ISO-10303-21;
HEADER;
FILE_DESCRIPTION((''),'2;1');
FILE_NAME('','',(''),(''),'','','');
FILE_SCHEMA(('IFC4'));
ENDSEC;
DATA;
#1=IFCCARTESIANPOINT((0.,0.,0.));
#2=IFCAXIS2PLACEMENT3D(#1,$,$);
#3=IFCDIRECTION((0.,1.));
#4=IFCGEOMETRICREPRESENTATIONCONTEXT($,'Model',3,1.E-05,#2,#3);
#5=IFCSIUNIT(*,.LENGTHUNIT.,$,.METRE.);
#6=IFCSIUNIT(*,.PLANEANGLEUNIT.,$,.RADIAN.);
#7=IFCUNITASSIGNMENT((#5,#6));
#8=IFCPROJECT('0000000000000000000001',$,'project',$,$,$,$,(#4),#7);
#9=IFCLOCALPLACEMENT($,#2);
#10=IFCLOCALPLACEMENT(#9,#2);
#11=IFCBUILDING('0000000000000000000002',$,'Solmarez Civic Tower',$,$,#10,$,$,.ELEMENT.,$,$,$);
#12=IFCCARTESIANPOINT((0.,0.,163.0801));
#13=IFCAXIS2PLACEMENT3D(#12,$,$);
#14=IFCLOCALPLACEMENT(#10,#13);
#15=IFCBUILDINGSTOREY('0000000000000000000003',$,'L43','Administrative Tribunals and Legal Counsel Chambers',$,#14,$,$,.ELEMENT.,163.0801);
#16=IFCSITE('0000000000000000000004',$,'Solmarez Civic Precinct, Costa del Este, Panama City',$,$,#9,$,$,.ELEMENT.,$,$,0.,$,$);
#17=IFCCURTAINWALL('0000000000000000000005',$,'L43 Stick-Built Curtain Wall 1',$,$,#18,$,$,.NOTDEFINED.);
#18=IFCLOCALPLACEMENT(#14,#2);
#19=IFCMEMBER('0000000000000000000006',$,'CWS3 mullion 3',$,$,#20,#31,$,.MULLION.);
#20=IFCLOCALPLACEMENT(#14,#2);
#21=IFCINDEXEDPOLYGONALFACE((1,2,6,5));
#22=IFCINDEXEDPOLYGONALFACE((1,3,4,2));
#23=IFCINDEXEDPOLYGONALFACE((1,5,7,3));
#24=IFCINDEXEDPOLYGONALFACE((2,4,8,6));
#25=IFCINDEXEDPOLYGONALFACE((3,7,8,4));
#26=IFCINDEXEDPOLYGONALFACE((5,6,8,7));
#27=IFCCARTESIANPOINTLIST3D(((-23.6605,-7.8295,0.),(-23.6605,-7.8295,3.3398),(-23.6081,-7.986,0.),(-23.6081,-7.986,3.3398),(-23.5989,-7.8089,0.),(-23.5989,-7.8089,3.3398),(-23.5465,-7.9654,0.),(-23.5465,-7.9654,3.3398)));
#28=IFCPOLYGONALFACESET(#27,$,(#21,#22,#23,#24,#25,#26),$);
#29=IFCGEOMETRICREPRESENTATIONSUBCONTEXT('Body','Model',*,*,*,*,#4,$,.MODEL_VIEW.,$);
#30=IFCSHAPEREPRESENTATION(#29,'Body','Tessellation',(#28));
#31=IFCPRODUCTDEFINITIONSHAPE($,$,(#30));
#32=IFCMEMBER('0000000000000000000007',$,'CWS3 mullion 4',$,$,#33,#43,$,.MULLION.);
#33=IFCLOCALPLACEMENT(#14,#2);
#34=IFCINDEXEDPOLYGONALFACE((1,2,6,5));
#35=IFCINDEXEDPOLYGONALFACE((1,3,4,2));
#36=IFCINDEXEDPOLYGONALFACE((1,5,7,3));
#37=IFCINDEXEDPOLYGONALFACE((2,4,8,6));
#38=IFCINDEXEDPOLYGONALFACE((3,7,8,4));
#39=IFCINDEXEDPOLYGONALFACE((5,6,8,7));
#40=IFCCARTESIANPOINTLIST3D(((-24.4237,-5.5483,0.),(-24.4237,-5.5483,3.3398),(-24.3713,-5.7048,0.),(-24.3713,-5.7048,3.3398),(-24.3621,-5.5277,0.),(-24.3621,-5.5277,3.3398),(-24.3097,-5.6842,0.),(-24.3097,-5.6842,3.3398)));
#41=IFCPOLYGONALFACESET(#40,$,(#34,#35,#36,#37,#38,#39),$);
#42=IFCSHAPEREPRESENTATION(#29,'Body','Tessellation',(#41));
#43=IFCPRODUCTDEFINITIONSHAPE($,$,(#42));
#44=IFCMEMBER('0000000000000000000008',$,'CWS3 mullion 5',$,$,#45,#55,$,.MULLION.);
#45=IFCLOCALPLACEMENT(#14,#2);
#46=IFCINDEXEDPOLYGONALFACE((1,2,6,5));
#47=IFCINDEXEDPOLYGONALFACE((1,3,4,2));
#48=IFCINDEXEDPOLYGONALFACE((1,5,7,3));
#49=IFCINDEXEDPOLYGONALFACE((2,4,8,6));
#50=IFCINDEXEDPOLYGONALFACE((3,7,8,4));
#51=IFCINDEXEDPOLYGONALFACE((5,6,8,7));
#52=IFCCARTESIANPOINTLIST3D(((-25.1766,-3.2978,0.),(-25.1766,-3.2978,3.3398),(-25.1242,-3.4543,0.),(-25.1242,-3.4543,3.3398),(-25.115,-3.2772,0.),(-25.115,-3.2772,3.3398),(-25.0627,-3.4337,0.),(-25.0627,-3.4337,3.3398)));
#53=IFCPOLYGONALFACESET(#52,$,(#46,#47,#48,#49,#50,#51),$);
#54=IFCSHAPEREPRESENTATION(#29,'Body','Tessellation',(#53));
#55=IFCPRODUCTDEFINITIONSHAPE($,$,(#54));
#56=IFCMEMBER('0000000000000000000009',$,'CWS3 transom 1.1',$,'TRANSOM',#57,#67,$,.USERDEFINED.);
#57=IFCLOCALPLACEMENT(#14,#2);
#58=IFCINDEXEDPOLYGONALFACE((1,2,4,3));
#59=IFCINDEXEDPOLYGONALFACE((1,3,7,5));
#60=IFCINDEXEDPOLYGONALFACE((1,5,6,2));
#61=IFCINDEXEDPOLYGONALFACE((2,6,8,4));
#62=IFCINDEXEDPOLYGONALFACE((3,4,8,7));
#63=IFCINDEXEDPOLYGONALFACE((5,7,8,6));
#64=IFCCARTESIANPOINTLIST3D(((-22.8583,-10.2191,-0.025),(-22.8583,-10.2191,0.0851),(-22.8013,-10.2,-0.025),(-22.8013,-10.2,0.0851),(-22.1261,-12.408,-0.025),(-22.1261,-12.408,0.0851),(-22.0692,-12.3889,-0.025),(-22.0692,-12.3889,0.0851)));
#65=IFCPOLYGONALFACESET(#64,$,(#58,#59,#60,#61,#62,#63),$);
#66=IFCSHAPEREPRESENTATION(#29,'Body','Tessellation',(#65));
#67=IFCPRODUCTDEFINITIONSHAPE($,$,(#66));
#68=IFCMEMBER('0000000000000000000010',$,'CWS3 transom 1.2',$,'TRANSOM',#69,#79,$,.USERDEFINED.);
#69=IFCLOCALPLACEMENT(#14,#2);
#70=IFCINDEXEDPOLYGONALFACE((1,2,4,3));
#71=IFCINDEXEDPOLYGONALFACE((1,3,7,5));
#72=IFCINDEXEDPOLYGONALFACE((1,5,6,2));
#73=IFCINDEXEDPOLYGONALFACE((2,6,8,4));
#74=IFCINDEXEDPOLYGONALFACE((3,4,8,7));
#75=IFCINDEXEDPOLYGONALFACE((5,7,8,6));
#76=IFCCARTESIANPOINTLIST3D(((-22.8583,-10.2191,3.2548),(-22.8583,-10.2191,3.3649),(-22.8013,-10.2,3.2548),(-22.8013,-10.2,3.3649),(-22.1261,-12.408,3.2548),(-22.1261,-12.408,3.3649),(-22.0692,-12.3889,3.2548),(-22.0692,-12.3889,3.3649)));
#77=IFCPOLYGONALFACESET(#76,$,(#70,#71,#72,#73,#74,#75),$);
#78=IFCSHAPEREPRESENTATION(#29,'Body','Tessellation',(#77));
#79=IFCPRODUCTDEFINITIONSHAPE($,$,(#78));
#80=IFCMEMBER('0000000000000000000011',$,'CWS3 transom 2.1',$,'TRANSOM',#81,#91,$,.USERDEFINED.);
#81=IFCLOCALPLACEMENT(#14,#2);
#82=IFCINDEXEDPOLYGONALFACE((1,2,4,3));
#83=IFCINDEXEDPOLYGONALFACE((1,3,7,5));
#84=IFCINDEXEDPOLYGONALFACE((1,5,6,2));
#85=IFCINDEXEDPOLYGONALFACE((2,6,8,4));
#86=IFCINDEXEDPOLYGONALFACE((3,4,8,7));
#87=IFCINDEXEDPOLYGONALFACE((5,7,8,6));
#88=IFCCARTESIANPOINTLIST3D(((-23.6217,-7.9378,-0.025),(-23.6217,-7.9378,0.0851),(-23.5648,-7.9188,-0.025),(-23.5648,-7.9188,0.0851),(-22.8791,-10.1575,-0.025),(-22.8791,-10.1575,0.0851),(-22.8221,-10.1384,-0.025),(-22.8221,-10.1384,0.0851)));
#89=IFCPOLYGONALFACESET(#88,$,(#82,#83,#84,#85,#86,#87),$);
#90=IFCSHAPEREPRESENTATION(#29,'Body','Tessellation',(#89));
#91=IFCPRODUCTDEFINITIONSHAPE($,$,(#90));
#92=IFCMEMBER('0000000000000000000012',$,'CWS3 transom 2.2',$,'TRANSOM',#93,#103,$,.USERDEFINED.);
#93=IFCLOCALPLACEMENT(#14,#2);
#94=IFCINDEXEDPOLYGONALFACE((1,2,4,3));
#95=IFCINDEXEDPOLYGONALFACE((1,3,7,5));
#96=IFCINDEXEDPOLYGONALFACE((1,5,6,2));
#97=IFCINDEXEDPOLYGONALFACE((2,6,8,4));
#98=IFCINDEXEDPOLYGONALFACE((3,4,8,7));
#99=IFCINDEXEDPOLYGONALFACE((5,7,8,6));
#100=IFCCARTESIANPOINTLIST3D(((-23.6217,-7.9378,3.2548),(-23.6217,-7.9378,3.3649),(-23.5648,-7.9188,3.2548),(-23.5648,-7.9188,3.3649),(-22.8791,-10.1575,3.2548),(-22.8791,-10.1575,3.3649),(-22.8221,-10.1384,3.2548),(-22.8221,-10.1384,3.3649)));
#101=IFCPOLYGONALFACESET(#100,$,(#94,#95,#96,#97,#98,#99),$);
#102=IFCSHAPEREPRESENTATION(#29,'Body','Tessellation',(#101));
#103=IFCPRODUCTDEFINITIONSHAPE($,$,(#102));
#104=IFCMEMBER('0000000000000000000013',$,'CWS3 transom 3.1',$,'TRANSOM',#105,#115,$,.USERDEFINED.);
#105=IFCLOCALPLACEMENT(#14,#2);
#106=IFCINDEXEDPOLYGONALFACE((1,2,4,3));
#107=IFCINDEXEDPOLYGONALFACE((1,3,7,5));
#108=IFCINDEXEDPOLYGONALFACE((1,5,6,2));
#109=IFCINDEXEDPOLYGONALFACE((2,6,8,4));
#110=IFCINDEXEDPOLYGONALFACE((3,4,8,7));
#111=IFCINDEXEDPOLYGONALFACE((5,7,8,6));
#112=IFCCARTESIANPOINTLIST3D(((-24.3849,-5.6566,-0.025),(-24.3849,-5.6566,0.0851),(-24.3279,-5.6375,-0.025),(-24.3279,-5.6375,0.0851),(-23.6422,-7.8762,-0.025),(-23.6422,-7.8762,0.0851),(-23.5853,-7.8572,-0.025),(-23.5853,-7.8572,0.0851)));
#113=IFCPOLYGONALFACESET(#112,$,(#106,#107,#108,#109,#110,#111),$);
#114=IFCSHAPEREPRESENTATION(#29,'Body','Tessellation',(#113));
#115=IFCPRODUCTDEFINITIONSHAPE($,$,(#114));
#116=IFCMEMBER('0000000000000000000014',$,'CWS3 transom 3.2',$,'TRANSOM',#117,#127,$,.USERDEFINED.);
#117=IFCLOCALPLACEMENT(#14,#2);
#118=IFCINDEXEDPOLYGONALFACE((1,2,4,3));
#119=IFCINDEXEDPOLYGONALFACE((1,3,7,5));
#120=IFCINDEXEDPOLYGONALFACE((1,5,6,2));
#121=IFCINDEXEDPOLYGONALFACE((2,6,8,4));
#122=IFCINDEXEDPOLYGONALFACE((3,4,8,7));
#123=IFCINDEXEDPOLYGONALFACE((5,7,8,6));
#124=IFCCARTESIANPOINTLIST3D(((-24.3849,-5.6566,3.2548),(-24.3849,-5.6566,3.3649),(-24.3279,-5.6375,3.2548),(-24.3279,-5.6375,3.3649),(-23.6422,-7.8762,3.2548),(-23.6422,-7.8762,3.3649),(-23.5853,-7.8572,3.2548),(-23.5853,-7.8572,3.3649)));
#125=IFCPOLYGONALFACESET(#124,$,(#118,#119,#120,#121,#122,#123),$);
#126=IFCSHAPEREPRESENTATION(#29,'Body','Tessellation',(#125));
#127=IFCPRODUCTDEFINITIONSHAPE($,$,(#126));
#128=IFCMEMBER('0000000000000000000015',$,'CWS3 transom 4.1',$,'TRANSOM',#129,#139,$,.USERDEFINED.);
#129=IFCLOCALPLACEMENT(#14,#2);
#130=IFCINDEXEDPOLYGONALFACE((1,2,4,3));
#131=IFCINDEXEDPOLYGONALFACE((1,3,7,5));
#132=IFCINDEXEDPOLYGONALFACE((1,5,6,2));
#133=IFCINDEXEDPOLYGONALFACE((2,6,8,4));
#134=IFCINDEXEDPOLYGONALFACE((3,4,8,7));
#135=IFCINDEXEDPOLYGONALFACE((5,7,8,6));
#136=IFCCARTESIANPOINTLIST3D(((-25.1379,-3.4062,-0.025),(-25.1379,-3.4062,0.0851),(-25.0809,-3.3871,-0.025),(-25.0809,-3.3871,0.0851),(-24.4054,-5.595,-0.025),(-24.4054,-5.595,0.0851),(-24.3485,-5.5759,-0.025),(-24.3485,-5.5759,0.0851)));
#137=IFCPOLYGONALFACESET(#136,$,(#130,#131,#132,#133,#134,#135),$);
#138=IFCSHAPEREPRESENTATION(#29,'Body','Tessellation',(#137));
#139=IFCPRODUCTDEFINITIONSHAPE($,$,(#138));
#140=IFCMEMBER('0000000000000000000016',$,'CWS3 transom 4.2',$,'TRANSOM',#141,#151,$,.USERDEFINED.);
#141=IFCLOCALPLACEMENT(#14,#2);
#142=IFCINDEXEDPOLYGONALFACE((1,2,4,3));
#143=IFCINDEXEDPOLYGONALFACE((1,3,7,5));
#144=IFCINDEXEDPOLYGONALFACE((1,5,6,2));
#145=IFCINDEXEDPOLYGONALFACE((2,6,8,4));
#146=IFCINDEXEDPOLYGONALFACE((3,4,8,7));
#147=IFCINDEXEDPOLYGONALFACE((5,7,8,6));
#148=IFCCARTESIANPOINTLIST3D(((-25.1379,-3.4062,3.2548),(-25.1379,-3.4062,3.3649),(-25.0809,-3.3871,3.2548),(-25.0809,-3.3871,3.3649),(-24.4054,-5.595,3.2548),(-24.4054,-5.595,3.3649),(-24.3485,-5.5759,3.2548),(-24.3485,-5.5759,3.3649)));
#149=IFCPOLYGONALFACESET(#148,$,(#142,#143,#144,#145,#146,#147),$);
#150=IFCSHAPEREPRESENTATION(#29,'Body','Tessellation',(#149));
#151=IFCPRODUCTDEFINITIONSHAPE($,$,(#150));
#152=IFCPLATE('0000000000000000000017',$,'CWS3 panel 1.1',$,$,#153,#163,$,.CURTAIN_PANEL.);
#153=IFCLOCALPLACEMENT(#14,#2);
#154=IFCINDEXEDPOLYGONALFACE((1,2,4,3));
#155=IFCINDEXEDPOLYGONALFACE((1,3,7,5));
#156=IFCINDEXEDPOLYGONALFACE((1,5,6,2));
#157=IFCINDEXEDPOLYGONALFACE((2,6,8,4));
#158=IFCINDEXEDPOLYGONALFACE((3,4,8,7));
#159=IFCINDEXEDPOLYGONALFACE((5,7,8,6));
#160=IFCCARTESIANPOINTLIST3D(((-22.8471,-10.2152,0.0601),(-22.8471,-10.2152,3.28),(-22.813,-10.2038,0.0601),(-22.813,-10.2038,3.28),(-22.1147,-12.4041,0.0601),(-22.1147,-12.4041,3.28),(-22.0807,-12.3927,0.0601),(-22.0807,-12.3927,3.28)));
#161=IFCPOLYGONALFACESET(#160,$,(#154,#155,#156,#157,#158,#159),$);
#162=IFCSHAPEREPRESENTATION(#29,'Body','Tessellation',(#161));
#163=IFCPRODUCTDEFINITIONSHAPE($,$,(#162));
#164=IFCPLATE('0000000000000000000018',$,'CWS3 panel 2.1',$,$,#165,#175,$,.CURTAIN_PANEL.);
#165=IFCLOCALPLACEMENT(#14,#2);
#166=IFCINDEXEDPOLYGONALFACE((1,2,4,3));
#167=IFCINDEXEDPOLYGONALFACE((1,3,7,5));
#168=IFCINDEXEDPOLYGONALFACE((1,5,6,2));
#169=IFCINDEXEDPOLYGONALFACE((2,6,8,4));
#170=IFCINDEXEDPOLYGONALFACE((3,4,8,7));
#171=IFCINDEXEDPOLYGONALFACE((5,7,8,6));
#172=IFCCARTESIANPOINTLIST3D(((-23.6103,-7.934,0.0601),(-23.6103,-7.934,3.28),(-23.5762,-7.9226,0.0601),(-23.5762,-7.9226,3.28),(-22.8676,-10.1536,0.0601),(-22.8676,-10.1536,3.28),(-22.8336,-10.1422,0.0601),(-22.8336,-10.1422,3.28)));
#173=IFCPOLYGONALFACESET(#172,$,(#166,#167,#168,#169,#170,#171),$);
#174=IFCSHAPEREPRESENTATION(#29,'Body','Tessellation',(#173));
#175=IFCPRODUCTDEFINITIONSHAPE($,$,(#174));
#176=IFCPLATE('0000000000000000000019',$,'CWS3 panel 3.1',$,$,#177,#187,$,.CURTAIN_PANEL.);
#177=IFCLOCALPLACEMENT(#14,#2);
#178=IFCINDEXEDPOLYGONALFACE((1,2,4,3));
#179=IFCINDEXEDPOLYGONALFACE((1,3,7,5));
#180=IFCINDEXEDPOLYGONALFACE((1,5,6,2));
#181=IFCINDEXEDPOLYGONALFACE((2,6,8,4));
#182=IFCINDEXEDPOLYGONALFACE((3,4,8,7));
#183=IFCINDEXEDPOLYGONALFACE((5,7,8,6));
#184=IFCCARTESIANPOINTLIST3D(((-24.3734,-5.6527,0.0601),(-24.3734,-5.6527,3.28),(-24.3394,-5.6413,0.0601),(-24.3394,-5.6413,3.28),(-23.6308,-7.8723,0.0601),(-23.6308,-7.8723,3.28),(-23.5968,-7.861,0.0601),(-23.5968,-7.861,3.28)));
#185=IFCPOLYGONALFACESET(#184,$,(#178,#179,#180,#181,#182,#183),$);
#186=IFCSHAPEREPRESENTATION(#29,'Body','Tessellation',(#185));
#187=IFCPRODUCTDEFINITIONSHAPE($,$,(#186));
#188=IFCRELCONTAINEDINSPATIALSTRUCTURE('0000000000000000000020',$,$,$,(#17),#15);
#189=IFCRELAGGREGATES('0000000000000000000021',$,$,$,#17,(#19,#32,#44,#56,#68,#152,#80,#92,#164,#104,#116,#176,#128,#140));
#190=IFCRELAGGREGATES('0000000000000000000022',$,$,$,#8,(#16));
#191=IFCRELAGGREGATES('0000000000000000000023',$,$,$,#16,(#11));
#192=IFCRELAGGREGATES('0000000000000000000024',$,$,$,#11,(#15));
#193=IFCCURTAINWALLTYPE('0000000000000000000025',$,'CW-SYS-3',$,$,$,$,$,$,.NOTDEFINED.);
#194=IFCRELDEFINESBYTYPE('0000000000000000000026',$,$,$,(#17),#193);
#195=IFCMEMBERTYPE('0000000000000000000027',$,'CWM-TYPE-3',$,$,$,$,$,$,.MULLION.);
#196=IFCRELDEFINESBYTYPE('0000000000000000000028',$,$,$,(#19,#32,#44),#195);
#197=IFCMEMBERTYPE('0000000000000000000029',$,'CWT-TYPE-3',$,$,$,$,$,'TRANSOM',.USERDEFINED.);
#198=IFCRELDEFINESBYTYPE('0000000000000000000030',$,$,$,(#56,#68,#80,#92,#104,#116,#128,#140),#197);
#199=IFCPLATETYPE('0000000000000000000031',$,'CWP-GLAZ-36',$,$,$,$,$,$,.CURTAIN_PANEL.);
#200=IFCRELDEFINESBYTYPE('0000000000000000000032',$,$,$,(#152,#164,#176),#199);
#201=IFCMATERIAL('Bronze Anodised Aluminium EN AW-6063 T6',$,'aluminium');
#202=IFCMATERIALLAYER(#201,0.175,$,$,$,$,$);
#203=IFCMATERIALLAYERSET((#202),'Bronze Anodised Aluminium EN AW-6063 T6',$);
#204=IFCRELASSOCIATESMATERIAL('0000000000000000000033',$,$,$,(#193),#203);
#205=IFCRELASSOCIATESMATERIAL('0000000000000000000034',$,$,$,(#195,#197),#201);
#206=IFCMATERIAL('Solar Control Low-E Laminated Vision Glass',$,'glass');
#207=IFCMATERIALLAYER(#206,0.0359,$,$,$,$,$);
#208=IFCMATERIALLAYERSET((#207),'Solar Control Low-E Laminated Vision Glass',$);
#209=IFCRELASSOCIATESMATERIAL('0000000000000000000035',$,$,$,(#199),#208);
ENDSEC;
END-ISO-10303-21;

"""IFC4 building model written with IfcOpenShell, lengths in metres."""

from ifc_helpers import new_model, si_unit, direction, frame, origin, origin_2d, place, context, subcontext, project, spatial, rectangle, extrude, material, layer, layer_set, material_profile, profile_set, type_object, element, aggregate, save


model = new_model("IFC4")

# Units and contexts
model_context = context("Model", 3, precision=1e-05, world=origin(), true_north=direction((0.0, 1.0)))
body_context = subcontext(model_context, "Body", "Model", "MODEL_VIEW")
ifc_project = project(units=[si_unit("LENGTHUNIT", "METRE"), si_unit("PLANEANGLEUNIT", "RADIAN")], contexts=[model_context])

# Site, building, storey
site_placement = place(None, origin())
site = spatial("IfcSite", under=ifc_project, at=site_placement, Name="Solmarez Civic Precinct, Costa del Este, Panama City", CompositionType="ELEMENT", RefElevation=0.0)
building_placement = place(site_placement, origin())
building = spatial("IfcBuilding", under=site, at=building_placement, Name="Solmarez Civic Tower", CompositionType="ELEMENT")
storey_placement = place(building_placement, frame((0.0, 0.0, 163.0801)))
storey = spatial("IfcBuildingStorey", under=building, at=storey_placement, Name="L43", Description="Administrative Tribunals and Legal Counsel Chambers", CompositionType="ELEMENT", Elevation=163.0801)

# Curtain wall, members, plates
ifc_material_1 = material(Name="Bronze Anodised Aluminium EN AW-6063 T6", Category="aluminium")
ifc_layer_1 = layer(ifc_material_1, 0.175)
ifc_layer_set_1 = layer_set([ifc_layer_1], Name="Bronze Anodised Aluminium EN AW-6063 T6")
curtain_wall_type = type_object("IfcCurtainWallType", Name="CW-SYS-3", PredefinedType="NOTDEFINED", material=ifc_layer_set_1)
curtain_wall_placement = place(storey_placement, origin())
curtain_wall = element("IfcCurtainWall", 1, at=curtain_wall_placement, inside=storey, type_object=curtain_wall_type, Name="L43 Stick-Built Curtain Wall 1", PredefinedType="NOTDEFINED")
ifc_material_profile_1 = material_profile(ifc_material_1, rectangle(XDim=0.0649, YDim=0.165, at=origin_2d()), Name="CWM-65X165")
ifc_profile_set_1 = profile_set([ifc_material_profile_1], Name="Bronze Anodised Aluminium EN AW-6063 T6")
member_type_1 = type_object("IfcMemberType", Name="CWM-TYPE-3", PredefinedType="MULLION", material=ifc_profile_set_1)
member_1_placement = place(storey_placement, frame((-23.6035, -7.8975, 0.0), z_axis=(0.0, 0.0, 1.0), x_axis=(-0.948329, -0.317288, 0.0)))
member_1 = element("IfcMember", 2, at=member_1_placement, type_object=member_type_1, Name="CWS3 mullion 3", PredefinedType="MULLION", context=body_context, shape_type="SweptSolid", body=[
    extrude(rectangle(XDim=0.0649, YDim=0.165, at=origin_2d()), origin(), (0.0, 0.0, 1.0), 3.3398),
])
member_2_placement = place(storey_placement, frame((-24.3667, -5.6162, 0.0), z_axis=(0.0, 0.0, 1.0), x_axis=(-0.948329, -0.317288, 0.0)))
member_2 = element("IfcMember", 3, at=member_2_placement, type_object=member_type_1, Name="CWS3 mullion 4", PredefinedType="MULLION", context=body_context, shape_type="SweptSolid", body=[
    extrude(rectangle(XDim=0.0649, YDim=0.165, at=origin_2d()), origin(), (0.0, 0.0, 1.0), 3.3398),
])
member_3_placement = place(storey_placement, frame((-25.1196, -3.3657, 0.0), z_axis=(0.0, 0.0, 1.0), x_axis=(-0.948329, -0.317288, 0.0)))
member_3 = element("IfcMember", 4, at=member_3_placement, type_object=member_type_1, Name="CWS3 mullion 5", PredefinedType="MULLION", context=body_context, shape_type="SweptSolid", body=[
    extrude(rectangle(XDim=0.0649, YDim=0.165, at=origin_2d()), origin(), (0.0, 0.0, 1.0), 3.3398),
])
ifc_material_profile_2 = material_profile(ifc_material_1, rectangle(XDim=0.0601, YDim=0.1101, at=origin_2d()), Name="CWT-60X110")
ifc_profile_set_2 = profile_set([ifc_material_profile_2], Name="Bronze Anodised Aluminium EN AW-6063 T6")
member_type_2 = type_object("IfcMemberType", Name="CWT-TYPE-3", ElementType="TRANSOM", PredefinedType="USERDEFINED", material=ifc_profile_set_2)
member_4_placement = place(storey_placement, frame((-22.0977, -12.3984, 0.03), z_axis=(-0.317211, 0.948355, 0.0), x_axis=(-0.948355, -0.317211, 0.0)))
member_4 = element("IfcMember", 5, at=member_4_placement, type_object=member_type_2, Name="CWS3 transom 1.1", ObjectType="TRANSOM", PredefinedType="USERDEFINED", context=body_context, shape_type="SweptSolid", body=[
    extrude(rectangle(XDim=0.0601, YDim=0.1101, at=origin_2d()), origin(), (0.0, 0.0, 1.0), 2.3081),
])
member_5_placement = place(storey_placement, frame((-22.0977, -12.3984, 3.3098), z_axis=(-0.317211, 0.948355, 0.0), x_axis=(-0.948355, -0.317211, 0.0)))
member_5 = element("IfcMember", 6, at=member_5_placement, type_object=member_type_2, Name="CWS3 transom 1.2", ObjectType="TRANSOM", PredefinedType="USERDEFINED", context=body_context, shape_type="SweptSolid", body=[
    extrude(rectangle(XDim=0.0601, YDim=0.1101, at=origin_2d()), origin(), (0.0, 0.0, 1.0), 2.3081),
])
member_6_placement = place(storey_placement, frame((-22.8506, -10.1479, 0.03), z_axis=(-0.317291, 0.948328, 0.0), x_axis=(-0.948328, -0.317291, 0.0)))
member_6 = element("IfcMember", 7, at=member_6_placement, type_object=member_type_2, Name="CWS3 transom 2.1", ObjectType="TRANSOM", PredefinedType="USERDEFINED", context=body_context, shape_type="SweptSolid", body=[
    extrude(rectangle(XDim=0.0601, YDim=0.1101, at=origin_2d()), origin(), (0.0, 0.0, 1.0), 2.3406),
])
member_7_placement = place(storey_placement, frame((-22.8506, -10.1479, 3.3098), z_axis=(-0.317291, 0.948328, 0.0), x_axis=(-0.948328, -0.317291, 0.0)))
member_7 = element("IfcMember", 8, at=member_7_placement, type_object=member_type_2, Name="CWS3 transom 2.2", ObjectType="TRANSOM", PredefinedType="USERDEFINED", context=body_context, shape_type="SweptSolid", body=[
    extrude(rectangle(XDim=0.0601, YDim=0.1101, at=origin_2d()), origin(), (0.0, 0.0, 1.0), 2.3406),
])
member_8_placement = place(storey_placement, frame((-23.6138, -7.8667, 0.03), z_axis=(-0.317291, 0.948328, 0.0), x_axis=(-0.948328, -0.317291, 0.0)))
member_8 = element("IfcMember", 9, at=member_8_placement, type_object=member_type_2, Name="CWS3 transom 3.1", ObjectType="TRANSOM", PredefinedType="USERDEFINED", context=body_context, shape_type="SweptSolid", body=[
    extrude(rectangle(XDim=0.0601, YDim=0.1101, at=origin_2d()), origin(), (0.0, 0.0, 1.0), 2.3406),
])
member_9_placement = place(storey_placement, frame((-23.6138, -7.8667, 3.3098), z_axis=(-0.317291, 0.948328, 0.0), x_axis=(-0.948328, -0.317291, 0.0)))
member_9 = element("IfcMember", 10, at=member_9_placement, type_object=member_type_2, Name="CWS3 transom 3.2", ObjectType="TRANSOM", PredefinedType="USERDEFINED", context=body_context, shape_type="SweptSolid", body=[
    extrude(rectangle(XDim=0.0601, YDim=0.1101, at=origin_2d()), origin(), (0.0, 0.0, 1.0), 2.3406),
])
member_10_placement = place(storey_placement, frame((-24.377, -5.5854, 0.03), z_axis=(-0.317338, 0.948312, 0.0), x_axis=(-0.948312, -0.317338, 0.0)))
member_10 = element("IfcMember", 11, at=member_10_placement, type_object=member_type_2, Name="CWS3 transom 4.1", ObjectType="TRANSOM", PredefinedType="USERDEFINED", context=body_context, shape_type="SweptSolid", body=[
    extrude(rectangle(XDim=0.0601, YDim=0.1101, at=origin_2d()), origin(), (0.0, 0.0, 1.0), 2.3081),
])
member_11_placement = place(storey_placement, frame((-24.377, -5.5854, 3.3098), z_axis=(-0.317338, 0.948312, 0.0), x_axis=(-0.948312, -0.317338, 0.0)))
member_11 = element("IfcMember", 12, at=member_11_placement, type_object=member_type_2, Name="CWS3 transom 4.2", ObjectType="TRANSOM", PredefinedType="USERDEFINED", context=body_context, shape_type="SweptSolid", body=[
    extrude(rectangle(XDim=0.0601, YDim=0.1101, at=origin_2d()), origin(), (0.0, 0.0, 1.0), 2.3081),
])
ifc_material_2 = material(Name="Solar Control Low-E Laminated Vision Glass", Category="glass")
ifc_layer_2 = layer(ifc_material_2, 0.0359)
ifc_layer_set_2 = layer_set([ifc_layer_2], Name="Solar Control Low-E Laminated Vision Glass")
plate_type = type_object("IfcPlateType", Name="CWP-GLAZ-36", PredefinedType="CURTAIN_PANEL", material=ifc_layer_set_2)
plate_1_placement = place(storey_placement, frame((-22.4639, -11.304, 0.0601), z_axis=(0.0, 0.0, 1.0), x_axis=(-0.317288, 0.948329, 0.0)))
plate_1 = element("IfcPlate", 13, at=plate_1_placement, type_object=plate_type, Name="CWS3 panel 1.1", PredefinedType="CURTAIN_PANEL", context=body_context, shape_type="SweptSolid", body=[
    extrude(rectangle(XDim=2.3081, YDim=0.0359, at=origin_2d()), origin(), (0.0, 0.0, 1.0), 3.22),
])
plate_2_placement = place(storey_placement, frame((-23.2219, -9.0381, 0.0601), z_axis=(0.0, 0.0, 1.0), x_axis=(-0.317288, 0.948329, 0.0)))
plate_2 = element("IfcPlate", 14, at=plate_2_placement, type_object=plate_type, Name="CWS3 panel 2.1", PredefinedType="CURTAIN_PANEL", context=body_context, shape_type="SweptSolid", body=[
    extrude(rectangle(XDim=2.3406, YDim=0.0359, at=origin_2d()), origin(), (0.0, 0.0, 1.0), 3.22),
])
plate_3_placement = place(storey_placement, frame((-23.9851, -6.7568, 0.0601), z_axis=(0.0, 0.0, 1.0), x_axis=(-0.317288, 0.948329, 0.0)))
plate_3 = element("IfcPlate", 15, at=plate_3_placement, type_object=plate_type, Name="CWS3 panel 3.1", PredefinedType="CURTAIN_PANEL", context=body_context, shape_type="SweptSolid", body=[
    extrude(rectangle(XDim=2.3406, YDim=0.0359, at=origin_2d()), origin(), (0.0, 0.0, 1.0), 3.22),
])
aggregate(curtain_wall, [member_1, member_2, member_3, member_4, member_5, plate_1, member_6, member_7, plate_2, member_8, member_9, plate_3, member_10, member_11])

save(model, "model.ifc")
